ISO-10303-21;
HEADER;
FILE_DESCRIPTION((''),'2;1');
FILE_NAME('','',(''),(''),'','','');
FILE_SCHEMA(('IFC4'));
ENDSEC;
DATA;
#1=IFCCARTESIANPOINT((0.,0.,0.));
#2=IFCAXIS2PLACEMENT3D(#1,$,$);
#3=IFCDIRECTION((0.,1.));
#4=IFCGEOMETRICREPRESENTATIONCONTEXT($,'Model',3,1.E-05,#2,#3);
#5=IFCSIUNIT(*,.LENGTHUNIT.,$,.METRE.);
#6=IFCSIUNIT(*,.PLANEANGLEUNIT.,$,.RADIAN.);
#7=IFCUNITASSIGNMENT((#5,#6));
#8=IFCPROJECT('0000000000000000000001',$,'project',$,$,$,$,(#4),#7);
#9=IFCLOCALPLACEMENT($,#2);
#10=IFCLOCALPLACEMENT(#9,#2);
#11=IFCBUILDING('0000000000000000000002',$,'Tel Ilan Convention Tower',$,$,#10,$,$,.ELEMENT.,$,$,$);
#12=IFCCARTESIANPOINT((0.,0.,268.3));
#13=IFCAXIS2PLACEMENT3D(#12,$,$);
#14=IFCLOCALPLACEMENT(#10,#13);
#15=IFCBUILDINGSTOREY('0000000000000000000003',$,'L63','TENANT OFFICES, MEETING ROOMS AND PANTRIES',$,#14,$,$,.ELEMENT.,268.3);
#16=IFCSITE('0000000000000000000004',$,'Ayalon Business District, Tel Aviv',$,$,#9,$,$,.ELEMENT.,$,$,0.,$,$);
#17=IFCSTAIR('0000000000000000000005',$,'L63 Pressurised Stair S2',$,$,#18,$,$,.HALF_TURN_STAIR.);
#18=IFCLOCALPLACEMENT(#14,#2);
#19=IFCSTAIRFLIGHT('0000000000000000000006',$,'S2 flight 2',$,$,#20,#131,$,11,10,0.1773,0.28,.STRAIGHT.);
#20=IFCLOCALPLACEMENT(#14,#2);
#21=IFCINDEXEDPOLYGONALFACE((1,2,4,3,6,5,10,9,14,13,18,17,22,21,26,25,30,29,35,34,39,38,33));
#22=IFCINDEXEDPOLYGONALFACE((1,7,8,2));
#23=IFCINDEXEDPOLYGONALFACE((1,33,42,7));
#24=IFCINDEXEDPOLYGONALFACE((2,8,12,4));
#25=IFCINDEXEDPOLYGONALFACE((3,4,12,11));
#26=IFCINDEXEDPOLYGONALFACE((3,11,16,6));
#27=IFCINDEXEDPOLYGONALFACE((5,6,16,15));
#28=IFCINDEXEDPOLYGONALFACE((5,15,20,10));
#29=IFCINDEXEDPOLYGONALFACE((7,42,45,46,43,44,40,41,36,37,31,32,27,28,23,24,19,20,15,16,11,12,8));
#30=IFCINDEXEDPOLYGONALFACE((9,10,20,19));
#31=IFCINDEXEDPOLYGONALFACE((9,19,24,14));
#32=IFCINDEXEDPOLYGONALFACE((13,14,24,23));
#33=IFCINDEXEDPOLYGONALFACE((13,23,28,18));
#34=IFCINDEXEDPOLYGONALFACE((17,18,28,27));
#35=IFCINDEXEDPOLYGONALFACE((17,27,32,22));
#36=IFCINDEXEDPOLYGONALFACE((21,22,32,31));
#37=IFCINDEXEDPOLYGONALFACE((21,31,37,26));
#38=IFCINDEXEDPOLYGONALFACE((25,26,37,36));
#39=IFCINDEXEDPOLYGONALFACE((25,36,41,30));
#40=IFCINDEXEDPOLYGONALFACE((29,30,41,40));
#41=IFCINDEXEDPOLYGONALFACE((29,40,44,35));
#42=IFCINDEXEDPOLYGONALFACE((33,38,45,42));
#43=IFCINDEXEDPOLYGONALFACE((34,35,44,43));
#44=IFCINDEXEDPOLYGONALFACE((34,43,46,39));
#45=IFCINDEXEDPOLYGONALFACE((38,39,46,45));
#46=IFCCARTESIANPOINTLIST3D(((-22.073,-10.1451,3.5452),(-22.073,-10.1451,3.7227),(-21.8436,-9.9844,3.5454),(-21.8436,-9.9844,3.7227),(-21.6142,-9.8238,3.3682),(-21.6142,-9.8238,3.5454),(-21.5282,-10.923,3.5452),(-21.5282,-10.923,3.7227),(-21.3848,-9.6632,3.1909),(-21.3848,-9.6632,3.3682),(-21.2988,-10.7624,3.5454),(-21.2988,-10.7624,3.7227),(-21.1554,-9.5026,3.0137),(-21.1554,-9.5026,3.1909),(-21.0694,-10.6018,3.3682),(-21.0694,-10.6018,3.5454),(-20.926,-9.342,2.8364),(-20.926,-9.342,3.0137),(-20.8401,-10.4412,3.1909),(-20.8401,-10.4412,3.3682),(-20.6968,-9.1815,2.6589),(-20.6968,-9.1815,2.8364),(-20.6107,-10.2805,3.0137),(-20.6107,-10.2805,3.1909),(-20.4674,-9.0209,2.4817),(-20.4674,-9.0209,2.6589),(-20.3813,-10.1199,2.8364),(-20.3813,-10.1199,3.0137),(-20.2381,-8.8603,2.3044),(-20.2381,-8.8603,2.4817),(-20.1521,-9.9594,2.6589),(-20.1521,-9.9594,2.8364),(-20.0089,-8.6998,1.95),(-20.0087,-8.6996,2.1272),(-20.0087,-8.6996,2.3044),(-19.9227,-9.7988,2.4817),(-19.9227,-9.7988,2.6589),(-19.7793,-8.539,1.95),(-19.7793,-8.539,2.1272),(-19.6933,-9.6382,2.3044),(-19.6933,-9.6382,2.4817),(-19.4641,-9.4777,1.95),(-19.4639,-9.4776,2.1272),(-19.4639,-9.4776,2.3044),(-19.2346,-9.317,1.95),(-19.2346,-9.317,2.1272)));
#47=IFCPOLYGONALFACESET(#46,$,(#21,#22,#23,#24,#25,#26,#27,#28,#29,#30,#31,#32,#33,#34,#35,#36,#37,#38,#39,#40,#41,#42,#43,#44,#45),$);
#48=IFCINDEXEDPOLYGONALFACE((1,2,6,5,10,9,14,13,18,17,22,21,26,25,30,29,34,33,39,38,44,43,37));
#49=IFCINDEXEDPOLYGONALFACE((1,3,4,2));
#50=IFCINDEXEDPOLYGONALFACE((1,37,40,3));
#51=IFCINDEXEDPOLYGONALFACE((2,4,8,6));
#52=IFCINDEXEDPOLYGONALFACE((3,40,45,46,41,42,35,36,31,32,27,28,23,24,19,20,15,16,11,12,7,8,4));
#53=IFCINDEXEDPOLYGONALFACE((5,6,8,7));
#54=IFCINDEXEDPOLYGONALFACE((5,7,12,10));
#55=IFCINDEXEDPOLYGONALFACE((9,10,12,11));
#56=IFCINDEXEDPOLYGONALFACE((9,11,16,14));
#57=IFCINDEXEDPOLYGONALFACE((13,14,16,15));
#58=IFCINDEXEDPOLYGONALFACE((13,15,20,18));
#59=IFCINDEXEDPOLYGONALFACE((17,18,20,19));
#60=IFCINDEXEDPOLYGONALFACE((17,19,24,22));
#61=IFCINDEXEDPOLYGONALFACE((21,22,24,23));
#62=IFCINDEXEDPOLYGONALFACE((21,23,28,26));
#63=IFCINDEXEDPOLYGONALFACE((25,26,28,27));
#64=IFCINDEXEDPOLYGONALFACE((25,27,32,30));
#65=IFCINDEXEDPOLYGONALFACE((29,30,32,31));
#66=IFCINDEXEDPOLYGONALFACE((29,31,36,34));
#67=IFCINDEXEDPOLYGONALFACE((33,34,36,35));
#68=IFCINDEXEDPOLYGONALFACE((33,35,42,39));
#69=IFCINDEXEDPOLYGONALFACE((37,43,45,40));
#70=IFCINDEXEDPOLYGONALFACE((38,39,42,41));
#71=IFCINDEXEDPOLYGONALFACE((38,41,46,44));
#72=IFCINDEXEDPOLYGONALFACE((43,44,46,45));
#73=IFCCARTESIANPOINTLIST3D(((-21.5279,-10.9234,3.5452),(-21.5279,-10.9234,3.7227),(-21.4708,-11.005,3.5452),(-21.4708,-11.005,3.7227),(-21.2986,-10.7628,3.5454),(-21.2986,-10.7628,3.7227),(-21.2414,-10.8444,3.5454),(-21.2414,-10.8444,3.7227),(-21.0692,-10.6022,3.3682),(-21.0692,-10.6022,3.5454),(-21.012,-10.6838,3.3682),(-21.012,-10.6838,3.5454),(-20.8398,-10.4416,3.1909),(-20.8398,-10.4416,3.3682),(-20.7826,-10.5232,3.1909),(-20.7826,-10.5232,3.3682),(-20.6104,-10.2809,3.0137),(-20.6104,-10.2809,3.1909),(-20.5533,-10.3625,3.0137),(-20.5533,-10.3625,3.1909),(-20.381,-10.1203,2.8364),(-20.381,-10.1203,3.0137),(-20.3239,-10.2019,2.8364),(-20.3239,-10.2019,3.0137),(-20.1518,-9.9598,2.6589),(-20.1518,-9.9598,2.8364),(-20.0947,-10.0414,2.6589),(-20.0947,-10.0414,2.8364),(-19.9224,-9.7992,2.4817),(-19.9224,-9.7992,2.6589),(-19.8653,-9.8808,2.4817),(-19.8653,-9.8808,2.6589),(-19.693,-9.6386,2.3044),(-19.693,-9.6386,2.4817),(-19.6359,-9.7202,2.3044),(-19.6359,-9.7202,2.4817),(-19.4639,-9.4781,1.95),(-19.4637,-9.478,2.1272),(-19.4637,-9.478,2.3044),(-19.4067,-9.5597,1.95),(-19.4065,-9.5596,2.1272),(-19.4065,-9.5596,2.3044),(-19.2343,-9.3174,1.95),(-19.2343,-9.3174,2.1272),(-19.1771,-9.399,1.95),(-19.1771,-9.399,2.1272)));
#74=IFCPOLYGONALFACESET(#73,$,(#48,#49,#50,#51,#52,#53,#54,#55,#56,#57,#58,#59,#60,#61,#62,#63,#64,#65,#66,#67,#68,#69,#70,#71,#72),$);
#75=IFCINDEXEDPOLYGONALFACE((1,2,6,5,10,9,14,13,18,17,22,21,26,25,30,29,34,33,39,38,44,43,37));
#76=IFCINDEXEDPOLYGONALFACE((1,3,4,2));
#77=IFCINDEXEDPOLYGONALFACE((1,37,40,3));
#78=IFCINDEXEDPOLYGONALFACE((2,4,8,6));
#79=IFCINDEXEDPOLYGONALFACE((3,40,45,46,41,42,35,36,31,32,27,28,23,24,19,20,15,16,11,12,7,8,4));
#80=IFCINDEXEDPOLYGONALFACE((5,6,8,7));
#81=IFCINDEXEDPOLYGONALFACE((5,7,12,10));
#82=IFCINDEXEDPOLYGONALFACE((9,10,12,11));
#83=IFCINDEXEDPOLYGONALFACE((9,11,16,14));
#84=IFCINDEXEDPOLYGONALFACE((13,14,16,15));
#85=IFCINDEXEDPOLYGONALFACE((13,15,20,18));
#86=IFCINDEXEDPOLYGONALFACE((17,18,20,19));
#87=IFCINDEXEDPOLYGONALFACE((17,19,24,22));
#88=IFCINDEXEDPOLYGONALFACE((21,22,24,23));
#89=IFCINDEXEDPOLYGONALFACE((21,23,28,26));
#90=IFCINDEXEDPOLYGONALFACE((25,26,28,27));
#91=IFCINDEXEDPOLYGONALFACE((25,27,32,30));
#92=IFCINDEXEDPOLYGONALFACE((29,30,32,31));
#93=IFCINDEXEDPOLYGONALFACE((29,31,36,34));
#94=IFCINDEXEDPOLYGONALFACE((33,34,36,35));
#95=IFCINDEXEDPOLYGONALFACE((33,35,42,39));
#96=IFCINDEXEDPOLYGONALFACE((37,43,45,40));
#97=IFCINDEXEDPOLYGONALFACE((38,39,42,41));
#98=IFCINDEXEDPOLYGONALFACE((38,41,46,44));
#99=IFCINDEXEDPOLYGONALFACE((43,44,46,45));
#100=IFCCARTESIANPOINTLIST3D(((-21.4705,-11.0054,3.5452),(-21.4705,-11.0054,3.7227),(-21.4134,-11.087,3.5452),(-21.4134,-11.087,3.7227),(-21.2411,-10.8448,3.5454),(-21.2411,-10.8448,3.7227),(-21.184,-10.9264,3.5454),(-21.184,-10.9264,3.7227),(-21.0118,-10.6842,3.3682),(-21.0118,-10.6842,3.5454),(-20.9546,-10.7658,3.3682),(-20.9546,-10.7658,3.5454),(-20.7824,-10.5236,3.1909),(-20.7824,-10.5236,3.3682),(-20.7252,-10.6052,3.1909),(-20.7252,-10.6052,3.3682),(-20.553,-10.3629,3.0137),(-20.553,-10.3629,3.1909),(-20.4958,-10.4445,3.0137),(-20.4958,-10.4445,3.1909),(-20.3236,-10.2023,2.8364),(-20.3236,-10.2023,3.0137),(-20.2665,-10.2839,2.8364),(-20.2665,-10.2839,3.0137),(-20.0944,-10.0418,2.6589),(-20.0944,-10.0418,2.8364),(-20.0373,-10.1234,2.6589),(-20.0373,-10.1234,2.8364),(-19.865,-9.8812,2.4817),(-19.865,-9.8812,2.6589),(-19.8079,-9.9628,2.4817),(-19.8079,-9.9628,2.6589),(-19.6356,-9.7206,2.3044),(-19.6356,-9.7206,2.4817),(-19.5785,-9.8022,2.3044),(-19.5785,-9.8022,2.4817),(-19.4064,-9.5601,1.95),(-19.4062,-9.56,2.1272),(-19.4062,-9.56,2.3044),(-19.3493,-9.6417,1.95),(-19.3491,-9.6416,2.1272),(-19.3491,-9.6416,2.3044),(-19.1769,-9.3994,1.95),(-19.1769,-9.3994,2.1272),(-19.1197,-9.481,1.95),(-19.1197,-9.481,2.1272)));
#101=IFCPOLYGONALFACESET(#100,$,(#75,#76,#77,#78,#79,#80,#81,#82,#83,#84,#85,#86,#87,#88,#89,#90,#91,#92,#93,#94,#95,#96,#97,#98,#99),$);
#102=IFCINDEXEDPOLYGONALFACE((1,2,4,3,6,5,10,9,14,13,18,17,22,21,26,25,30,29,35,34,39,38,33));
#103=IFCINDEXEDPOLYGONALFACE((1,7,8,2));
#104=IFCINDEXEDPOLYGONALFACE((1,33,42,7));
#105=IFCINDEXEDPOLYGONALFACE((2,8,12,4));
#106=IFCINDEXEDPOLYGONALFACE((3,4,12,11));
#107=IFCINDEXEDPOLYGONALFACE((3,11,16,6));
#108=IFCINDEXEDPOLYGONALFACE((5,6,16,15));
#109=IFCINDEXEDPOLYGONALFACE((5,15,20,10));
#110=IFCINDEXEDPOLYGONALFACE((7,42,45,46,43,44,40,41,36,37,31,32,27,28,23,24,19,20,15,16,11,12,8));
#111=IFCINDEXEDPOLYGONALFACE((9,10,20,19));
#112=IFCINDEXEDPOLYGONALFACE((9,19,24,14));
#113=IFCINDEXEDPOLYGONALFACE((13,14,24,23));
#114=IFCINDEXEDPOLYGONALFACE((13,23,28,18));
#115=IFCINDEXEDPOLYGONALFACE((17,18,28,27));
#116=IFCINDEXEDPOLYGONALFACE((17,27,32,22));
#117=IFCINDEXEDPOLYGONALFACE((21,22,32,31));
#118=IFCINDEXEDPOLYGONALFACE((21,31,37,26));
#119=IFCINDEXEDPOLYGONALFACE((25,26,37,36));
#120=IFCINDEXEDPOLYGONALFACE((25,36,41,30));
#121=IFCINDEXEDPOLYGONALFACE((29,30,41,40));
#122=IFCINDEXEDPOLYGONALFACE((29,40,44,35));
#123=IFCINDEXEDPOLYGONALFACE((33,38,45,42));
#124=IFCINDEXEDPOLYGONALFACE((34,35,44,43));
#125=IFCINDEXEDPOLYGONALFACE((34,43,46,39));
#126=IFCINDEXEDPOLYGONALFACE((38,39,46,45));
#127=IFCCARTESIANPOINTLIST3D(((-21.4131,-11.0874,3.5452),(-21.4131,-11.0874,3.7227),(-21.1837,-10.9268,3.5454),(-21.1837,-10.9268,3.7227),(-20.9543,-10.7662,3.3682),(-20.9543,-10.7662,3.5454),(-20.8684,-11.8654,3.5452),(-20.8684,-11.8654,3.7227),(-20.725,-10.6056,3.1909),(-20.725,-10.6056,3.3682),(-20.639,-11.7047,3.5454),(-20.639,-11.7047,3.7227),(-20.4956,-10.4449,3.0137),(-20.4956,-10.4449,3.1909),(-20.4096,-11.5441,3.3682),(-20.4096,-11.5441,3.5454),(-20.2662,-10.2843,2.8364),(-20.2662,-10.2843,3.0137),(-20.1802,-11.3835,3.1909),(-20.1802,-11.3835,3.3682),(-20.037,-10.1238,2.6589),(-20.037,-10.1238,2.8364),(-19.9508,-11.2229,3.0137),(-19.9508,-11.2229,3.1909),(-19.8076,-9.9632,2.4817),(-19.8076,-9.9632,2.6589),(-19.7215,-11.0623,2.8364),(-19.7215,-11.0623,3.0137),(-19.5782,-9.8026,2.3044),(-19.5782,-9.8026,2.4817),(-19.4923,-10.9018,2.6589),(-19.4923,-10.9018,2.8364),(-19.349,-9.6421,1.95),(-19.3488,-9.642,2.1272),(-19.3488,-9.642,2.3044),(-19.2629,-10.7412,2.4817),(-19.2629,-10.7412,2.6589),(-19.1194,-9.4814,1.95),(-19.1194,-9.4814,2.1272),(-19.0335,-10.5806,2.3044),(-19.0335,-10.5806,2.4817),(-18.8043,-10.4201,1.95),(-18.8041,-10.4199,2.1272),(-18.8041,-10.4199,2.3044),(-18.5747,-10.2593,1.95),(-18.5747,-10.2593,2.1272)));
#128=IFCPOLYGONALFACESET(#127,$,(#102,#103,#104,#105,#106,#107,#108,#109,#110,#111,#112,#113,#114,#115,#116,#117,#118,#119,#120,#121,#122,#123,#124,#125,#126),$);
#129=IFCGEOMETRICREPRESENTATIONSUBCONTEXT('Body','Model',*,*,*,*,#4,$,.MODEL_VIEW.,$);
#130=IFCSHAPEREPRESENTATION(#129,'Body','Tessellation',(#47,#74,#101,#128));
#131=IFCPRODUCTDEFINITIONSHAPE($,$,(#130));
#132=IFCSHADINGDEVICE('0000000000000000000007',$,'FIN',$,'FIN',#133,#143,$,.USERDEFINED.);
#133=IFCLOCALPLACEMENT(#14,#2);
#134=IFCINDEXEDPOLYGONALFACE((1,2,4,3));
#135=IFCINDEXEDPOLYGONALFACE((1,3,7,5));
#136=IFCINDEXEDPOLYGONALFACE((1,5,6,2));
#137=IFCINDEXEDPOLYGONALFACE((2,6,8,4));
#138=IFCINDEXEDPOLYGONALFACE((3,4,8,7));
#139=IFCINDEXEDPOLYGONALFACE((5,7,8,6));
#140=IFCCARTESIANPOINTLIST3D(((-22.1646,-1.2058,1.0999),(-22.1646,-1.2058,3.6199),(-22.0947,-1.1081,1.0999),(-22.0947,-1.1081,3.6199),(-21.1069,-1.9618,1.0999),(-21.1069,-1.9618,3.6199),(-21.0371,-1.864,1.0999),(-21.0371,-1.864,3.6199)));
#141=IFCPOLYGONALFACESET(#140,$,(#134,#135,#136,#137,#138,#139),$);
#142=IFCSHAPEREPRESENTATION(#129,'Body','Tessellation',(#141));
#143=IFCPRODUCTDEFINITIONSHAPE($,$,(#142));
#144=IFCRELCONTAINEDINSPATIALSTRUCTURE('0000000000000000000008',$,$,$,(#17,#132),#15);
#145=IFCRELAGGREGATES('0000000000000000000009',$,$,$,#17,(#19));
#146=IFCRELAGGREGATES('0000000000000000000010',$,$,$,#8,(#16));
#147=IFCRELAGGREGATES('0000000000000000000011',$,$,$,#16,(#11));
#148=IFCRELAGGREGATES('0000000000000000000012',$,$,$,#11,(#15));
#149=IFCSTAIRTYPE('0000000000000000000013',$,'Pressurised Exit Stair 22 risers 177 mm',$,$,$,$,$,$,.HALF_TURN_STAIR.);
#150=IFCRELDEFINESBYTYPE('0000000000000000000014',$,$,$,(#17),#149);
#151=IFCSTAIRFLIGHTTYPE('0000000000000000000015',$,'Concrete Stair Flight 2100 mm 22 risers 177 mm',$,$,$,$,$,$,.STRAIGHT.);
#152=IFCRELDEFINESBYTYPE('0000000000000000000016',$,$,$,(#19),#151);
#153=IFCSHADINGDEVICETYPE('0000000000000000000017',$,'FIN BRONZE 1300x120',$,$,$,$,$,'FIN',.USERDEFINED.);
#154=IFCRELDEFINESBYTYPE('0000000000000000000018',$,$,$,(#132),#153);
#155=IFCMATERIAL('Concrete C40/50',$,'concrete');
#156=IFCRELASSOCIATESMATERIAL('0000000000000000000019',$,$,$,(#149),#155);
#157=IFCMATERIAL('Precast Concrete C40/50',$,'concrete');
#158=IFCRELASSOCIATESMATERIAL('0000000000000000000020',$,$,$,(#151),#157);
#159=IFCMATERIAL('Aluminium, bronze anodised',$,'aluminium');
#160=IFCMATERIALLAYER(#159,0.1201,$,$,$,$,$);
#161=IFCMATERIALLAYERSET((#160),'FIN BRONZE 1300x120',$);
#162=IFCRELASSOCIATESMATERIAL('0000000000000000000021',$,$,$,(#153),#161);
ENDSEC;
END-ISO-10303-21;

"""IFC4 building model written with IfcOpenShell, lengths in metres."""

from ifc_helpers import new_model, si_unit, direction, frame, origin, origin_2d, place, context, subcontext, project, spatial, polyline, rectangle, outline, extrude, material, layer, layer_set, type_object, element, aggregate, save


model = new_model("IFC4")

# Units and contexts
model_context = context("Model", 3, precision=1e-05, world=origin(), true_north=direction((0.0, 1.0)))
body_context = subcontext(model_context, "Body", "Model", "MODEL_VIEW")
ifc_project = project(units=[si_unit("LENGTHUNIT", "METRE"), si_unit("PLANEANGLEUNIT", "RADIAN")], contexts=[model_context])

# Site, building, storey
site_placement = place(None, origin())
site = spatial("IfcSite", under=ifc_project, at=site_placement, Name="Ayalon Business District, Tel Aviv", CompositionType="ELEMENT", RefElevation=0.0)
building_placement = place(site_placement, origin())
building = spatial("IfcBuilding", under=site, at=building_placement, Name="Tel Ilan Convention Tower", CompositionType="ELEMENT")
storey_placement = place(building_placement, frame((0.0, 0.0, 268.3)))
storey = spatial("IfcBuildingStorey", under=building, at=storey_placement, Name="L63", Description="TENANT OFFICES, MEETING ROOMS AND PANTRIES", CompositionType="ELEMENT", Elevation=268.3)

# Stair, stair flight
ifc_material_1 = material(Name="Concrete C40/50", Category="concrete")
stair_type = type_object("IfcStairType", Name="Pressurised Exit Stair 22 risers 177 mm", PredefinedType="HALF_TURN_STAIR", material=ifc_material_1)
ifc_material_2 = material(Name="Precast Concrete C40/50", Category="concrete")
stair_flight_type = type_object("IfcStairFlightType", Name="Concrete Stair Flight 2100 mm 22 risers 177 mm", PredefinedType="STRAIGHT", material=ifc_material_2)
stair_1_placement = place(storey_placement, origin())
stair_1 = element("IfcStair", 1, at=stair_1_placement, inside=storey, type_object=stair_type, Name="L63 Pressurised Stair S2", PredefinedType="HALF_TURN_STAIR")
stair_flight_1_placement = place(storey_placement, frame((-19.177, -9.3992, 1.95), z_axis=(0.0, 0.0, 1.0), x_axis=(-0.819152, -0.573576, 0.0)))
stair_flight_1 = element("IfcStairFlight", 2, at=stair_flight_1_placement, type_object=stair_flight_type, Name="S2 flight 2", NumberOfRisers=11, NumberOfTreads=10, PredefinedType="STRAIGHT", RiserHeight=0.1773, TreadLength=0.28, context=body_context, shape_type="SweptSolid", body=[
    extrude(outline(polyline([(0.0, 0.0), (0.0, 0.1772), (0.28, 0.1772), (0.28, 0.3545), (0.5601, 0.3545), (0.5601, 0.5317), (0.8401, 0.5317), (0.8401, 0.709), (1.1201, 0.709), (1.1201, 0.8865), (1.3999, 0.8865), (1.3999, 1.0637), (1.6799, 1.0637), (1.6799, 1.241), (1.96, 1.241), (1.96, 1.4182), (2.24, 1.4182), (2.24, 1.5955), (2.52, 1.5955), (2.52, 1.7727), (2.8, 1.7727), (2.8, 1.95), (2.8, 1.5952), (0.2803, 0.0), (0.0, 0.0)])), frame((0.0, -0.1003, 0.0), z_axis=(0.0, -1.0, 0.0), x_axis=(1.0, 0.0, 0.0)), (0.0, 0.0, 1.0), 0.9497),
    extrude(outline(polyline([(0.0, 0.0), (0.0, 0.1772), (0.28, 0.1772), (0.28, 0.3545), (0.5601, 0.3545), (0.5601, 0.5317), (0.8401, 0.5317), (0.8401, 0.709), (1.1201, 0.709), (1.1201, 0.8865), (1.3999, 0.8865), (1.3999, 1.0637), (1.6799, 1.0637), (1.6799, 1.241), (1.96, 1.241), (1.96, 1.4182), (2.24, 1.4182), (2.24, 1.5955), (2.52, 1.5955), (2.52, 1.7727), (2.8, 1.7727), (2.8, 1.95), (2.8, 1.5952), (0.2803, 0.0), (0.0, 0.0)])), frame((0.0, -0.0002, 0.0), z_axis=(0.0, -1.0, 0.0), x_axis=(1.0, 0.0, 0.0)), (0.0, 0.0, 1.0), 0.0996),
    extrude(outline(polyline([(0.0, 0.0), (0.0, 0.1772), (0.28, 0.1772), (0.28, 0.3545), (0.5601, 0.3545), (0.5601, 0.5317), (0.8401, 0.5317), (0.8401, 0.709), (1.1201, 0.709), (1.1201, 0.8865), (1.3999, 0.8865), (1.3999, 1.0637), (1.6799, 1.0637), (1.6799, 1.241), (1.96, 1.241), (1.96, 1.4182), (2.24, 1.4182), (2.24, 1.5955), (2.52, 1.5955), (2.52, 1.7727), (2.8, 1.7727), (2.8, 1.95), (2.8, 1.5952), (0.2803, 0.0), (0.0, 0.0)])), frame((0.0, 0.0999, 0.0), z_axis=(0.0, -1.0, 0.0), x_axis=(1.0, 0.0, 0.0)), (0.0, 0.0, 1.0), 0.0996),
    extrude(outline(polyline([(0.0, 0.0), (0.0, 0.1772), (0.28, 0.1772), (0.28, 0.3545), (0.5601, 0.3545), (0.5601, 0.5317), (0.8401, 0.5317), (0.8401, 0.709), (1.1201, 0.709), (1.1201, 0.8865), (1.3999, 0.8865), (1.3999, 1.0637), (1.6799, 1.0637), (1.6799, 1.241), (1.96, 1.241), (1.96, 1.4182), (2.24, 1.4182), (2.24, 1.5955), (2.52, 1.5955), (2.52, 1.7727), (2.8, 1.7727), (2.8, 1.95), (2.8, 1.5952), (0.2803, 0.0), (0.0, 0.0)])), frame((0.0, 1.05, 0.0), z_axis=(0.0, -1.0, 0.0), x_axis=(1.0, 0.0, 0.0)), (0.0, 0.0, 1.0), 0.9497),
])
aggregate(stair_1, [stair_flight_1])

# Shading device
ifc_material_3 = material(Name="Aluminium, bronze anodised", Category="aluminium")
ifc_layer_1 = layer(ifc_material_3, 0.1201)
ifc_layer_set_1 = layer_set([ifc_layer_1], Name="FIN BRONZE 1300x120")
shading_device_type = type_object("IfcShadingDeviceType", Name="FIN BRONZE 1300x120", ElementType="FIN", PredefinedType="USERDEFINED", material=ifc_layer_set_1)
shading_device_placement = place(storey_placement, frame((-21.6008, -1.5349, 1.0999), z_axis=(0.0, 0.0, 1.0), x_axis=(-0.813552, 0.581492, 0.0)))
element("IfcShadingDevice", 3, at=shading_device_placement, inside=storey, type_object=shading_device_type, Name="FIN", ObjectType="FIN", PredefinedType="USERDEFINED", context=body_context, shape_type="SweptSolid", body=[
    extrude(rectangle(XDim=1.3, YDim=0.1201, at=origin_2d()), origin(), (0.0, 0.0, 1.0), 2.52),
])

save(model, "model.ifc")
